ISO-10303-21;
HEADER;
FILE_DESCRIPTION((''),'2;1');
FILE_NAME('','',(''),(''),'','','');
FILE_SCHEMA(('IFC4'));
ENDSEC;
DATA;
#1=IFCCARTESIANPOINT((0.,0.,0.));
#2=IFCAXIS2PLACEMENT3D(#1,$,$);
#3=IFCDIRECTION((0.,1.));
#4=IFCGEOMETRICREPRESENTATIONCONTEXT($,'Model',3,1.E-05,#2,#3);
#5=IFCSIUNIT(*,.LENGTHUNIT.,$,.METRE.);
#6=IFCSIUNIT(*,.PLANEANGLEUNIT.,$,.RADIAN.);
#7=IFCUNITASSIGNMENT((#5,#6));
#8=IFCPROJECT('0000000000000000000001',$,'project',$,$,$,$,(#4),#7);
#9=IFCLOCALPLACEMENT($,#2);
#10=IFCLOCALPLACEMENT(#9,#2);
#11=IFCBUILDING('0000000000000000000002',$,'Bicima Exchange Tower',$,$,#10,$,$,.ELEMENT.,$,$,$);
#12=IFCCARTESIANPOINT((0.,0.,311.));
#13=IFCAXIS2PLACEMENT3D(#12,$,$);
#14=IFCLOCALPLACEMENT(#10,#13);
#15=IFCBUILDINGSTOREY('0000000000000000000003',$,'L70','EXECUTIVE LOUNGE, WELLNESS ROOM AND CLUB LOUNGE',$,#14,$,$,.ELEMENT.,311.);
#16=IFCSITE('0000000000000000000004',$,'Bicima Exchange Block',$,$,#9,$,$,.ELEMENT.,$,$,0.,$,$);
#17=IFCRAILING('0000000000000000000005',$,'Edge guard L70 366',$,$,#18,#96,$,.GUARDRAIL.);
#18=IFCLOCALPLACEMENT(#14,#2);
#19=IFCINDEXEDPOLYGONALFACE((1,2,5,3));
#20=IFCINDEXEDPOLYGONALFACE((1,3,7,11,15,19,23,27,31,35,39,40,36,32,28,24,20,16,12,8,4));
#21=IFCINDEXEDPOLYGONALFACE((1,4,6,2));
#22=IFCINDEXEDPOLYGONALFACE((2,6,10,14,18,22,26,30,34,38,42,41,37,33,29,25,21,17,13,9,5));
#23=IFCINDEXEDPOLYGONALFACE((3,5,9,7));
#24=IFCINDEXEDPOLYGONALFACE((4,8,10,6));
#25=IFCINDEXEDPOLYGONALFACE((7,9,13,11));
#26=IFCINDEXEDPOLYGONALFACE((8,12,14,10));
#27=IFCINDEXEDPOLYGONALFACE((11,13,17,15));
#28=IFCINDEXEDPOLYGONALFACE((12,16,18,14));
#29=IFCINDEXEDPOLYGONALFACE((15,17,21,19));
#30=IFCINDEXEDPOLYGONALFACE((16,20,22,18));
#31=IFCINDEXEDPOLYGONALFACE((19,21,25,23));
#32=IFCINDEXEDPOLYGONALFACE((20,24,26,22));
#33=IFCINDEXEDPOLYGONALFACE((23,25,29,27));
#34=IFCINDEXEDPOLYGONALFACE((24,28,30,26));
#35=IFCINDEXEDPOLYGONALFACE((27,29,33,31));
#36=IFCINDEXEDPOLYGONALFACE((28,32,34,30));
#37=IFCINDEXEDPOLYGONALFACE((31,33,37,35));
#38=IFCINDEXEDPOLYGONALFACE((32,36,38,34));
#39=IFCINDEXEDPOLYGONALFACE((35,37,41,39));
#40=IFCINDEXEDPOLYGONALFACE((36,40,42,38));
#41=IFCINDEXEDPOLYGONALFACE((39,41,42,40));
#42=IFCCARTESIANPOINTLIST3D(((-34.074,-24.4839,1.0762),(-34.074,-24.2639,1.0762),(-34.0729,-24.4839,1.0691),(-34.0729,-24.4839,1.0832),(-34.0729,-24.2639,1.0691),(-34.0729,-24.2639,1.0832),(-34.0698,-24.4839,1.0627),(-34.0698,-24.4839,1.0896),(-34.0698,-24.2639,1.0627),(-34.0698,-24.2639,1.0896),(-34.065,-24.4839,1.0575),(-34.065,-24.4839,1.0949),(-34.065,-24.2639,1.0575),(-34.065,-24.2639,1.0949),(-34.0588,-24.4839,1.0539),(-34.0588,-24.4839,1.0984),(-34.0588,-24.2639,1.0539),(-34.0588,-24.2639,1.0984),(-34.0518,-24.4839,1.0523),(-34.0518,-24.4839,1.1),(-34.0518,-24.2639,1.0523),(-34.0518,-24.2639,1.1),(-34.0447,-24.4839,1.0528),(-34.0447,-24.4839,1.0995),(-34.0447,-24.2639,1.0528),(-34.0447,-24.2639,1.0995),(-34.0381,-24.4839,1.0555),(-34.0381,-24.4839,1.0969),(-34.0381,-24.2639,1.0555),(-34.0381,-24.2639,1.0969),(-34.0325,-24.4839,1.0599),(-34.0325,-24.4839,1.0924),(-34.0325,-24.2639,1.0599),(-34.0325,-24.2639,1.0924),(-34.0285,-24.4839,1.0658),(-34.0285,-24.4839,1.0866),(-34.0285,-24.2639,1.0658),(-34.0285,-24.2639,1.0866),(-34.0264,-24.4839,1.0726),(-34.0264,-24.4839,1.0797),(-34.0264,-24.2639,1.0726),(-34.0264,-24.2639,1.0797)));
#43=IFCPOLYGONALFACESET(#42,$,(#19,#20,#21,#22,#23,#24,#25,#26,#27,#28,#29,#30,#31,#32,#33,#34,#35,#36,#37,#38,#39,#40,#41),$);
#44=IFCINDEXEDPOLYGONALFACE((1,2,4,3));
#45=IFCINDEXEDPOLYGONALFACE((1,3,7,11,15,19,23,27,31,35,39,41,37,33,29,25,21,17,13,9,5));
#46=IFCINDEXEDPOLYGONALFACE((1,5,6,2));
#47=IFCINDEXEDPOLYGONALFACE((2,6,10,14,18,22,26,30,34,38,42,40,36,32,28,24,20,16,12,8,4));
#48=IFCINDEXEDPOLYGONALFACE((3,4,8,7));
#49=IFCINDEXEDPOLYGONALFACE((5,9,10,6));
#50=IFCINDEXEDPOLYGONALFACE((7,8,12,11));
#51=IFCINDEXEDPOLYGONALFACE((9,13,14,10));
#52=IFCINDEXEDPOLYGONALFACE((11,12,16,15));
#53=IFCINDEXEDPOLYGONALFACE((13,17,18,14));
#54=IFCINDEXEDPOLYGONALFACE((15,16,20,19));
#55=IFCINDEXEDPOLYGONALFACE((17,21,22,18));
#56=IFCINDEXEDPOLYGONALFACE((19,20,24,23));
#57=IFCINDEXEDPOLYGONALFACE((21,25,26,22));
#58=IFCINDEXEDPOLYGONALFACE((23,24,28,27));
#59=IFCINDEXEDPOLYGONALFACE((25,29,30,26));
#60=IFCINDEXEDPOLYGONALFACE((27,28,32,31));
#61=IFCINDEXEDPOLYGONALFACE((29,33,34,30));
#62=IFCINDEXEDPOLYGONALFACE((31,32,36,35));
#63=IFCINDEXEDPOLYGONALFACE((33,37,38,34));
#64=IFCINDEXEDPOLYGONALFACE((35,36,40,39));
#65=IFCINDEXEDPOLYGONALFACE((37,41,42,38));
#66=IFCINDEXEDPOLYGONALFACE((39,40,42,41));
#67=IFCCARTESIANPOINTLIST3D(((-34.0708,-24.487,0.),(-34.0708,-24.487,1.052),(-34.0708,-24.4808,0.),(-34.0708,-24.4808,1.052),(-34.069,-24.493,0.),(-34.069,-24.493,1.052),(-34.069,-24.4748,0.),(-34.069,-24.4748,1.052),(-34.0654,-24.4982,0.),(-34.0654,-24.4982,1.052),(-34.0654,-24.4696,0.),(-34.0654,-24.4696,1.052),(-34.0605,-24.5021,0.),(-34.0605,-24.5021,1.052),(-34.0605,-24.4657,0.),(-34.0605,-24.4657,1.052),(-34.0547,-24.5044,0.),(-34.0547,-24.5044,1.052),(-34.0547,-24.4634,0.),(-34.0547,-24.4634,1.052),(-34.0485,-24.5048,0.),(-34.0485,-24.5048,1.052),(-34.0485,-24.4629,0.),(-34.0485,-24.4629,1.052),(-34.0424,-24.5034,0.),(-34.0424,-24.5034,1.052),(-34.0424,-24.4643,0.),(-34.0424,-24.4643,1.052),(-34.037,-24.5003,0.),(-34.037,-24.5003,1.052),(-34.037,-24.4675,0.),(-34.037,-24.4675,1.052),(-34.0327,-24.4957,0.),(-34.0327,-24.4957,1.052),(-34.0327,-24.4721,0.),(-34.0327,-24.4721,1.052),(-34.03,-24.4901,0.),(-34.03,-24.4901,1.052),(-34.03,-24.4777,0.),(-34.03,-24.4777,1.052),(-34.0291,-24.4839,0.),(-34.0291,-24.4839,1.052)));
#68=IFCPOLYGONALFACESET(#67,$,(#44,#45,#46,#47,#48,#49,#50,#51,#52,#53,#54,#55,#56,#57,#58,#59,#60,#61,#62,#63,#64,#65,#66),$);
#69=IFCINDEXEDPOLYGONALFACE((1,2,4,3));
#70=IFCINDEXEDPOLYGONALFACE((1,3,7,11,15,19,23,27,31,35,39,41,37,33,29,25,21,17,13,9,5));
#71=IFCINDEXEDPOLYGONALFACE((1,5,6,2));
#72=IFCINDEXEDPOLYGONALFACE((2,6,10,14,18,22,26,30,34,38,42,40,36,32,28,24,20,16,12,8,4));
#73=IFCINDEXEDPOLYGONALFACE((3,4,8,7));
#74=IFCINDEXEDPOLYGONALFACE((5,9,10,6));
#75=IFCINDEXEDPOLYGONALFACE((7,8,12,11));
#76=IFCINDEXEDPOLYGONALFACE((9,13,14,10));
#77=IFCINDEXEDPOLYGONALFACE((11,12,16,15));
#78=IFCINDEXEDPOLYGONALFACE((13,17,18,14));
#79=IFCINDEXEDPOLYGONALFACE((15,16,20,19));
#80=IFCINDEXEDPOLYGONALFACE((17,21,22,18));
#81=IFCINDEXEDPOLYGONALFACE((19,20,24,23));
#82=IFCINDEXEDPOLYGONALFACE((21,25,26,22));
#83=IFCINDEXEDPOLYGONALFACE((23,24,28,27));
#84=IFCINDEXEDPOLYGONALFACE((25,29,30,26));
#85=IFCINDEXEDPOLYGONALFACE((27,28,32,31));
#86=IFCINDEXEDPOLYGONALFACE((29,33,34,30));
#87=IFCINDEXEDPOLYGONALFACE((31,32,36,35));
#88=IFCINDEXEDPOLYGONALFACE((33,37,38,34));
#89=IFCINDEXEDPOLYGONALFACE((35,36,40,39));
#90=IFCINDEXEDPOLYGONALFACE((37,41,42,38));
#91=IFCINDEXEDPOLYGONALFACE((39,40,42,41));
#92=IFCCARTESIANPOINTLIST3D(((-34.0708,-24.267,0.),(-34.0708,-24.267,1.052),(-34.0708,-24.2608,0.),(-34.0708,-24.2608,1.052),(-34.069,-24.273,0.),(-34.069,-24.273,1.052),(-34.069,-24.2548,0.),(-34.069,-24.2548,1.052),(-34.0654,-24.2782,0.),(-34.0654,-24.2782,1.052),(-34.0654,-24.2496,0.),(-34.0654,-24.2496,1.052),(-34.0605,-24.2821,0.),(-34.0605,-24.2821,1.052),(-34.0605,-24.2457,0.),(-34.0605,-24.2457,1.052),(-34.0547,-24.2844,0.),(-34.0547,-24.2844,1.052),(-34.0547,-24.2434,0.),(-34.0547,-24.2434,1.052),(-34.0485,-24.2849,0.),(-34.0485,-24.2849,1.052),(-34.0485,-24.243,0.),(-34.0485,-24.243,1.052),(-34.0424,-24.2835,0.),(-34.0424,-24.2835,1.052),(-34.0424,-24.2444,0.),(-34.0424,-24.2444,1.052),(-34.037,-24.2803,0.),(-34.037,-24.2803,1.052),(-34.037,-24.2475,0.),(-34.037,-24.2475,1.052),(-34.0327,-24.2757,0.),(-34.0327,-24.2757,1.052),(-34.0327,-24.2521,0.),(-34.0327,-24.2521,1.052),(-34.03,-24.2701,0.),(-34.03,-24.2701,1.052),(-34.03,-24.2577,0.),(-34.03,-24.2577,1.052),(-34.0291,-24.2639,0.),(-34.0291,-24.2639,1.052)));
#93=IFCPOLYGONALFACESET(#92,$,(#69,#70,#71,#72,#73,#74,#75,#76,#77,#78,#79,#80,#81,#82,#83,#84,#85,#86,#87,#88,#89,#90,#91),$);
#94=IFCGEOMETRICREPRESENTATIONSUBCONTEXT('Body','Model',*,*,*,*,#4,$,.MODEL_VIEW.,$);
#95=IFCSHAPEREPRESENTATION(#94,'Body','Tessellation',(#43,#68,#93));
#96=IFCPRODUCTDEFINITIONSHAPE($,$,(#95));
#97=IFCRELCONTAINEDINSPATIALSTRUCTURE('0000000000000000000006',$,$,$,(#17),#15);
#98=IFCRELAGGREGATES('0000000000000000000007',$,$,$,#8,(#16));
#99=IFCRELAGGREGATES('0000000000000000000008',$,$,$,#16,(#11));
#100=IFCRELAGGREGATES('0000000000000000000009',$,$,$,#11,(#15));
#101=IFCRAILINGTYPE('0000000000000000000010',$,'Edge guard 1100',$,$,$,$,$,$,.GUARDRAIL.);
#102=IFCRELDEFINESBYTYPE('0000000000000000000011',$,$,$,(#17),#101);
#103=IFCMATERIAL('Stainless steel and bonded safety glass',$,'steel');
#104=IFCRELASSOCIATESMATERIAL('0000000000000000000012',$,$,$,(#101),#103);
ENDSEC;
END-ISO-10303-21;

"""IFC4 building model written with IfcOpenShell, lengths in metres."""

from ifc_helpers import new_model, si_unit, direction, frame, origin, origin_2d, place, context, subcontext, project, spatial, circle, extrude, material, type_object, element, save


model = new_model("IFC4")

# Units and contexts
model_context = context("Model", 3, precision=1e-05, world=origin(), true_north=direction((0.0, 1.0)))
body_context = subcontext(model_context, "Body", "Model", "MODEL_VIEW")
ifc_project = project(units=[si_unit("LENGTHUNIT", "METRE"), si_unit("PLANEANGLEUNIT", "RADIAN")], contexts=[model_context])

# Site, building, storey
site_placement = place(None, origin())
site = spatial("IfcSite", under=ifc_project, at=site_placement, Name="Bicima Exchange Block", CompositionType="ELEMENT", RefElevation=0.0)
building_placement = place(site_placement, origin())
building = spatial("IfcBuilding", under=site, at=building_placement, Name="Bicima Exchange Tower", CompositionType="ELEMENT")
storey_placement = place(building_placement, frame((0.0, 0.0, 311.0)))
storey = spatial("IfcBuildingStorey", under=building, at=storey_placement, Name="L70", Description="EXECUTIVE LOUNGE, WELLNESS ROOM AND CLUB LOUNGE", CompositionType="ELEMENT", Elevation=311.0)

# Railing
ifc_material_1 = material(Name="Stainless steel and bonded safety glass", Category="steel")
railing_type = type_object("IfcRailingType", Name="Edge guard 1100", PredefinedType="GUARDRAIL", material=ifc_material_1)
railing_1_placement = place(storey_placement, frame((-34.05, -24.4839, 0.0)))
element("IfcRailing", 1, at=railing_1_placement, inside=storey, type_object=railing_type, Name="Edge guard L70 366", PredefinedType="GUARDRAIL", context=body_context, shape_type="SweptSolid", body=[
    extrude(circle(Radius=0.0239, at=origin_2d()), frame((0.0, 0.0, 1.0762), z_axis=(0.0, 1.0, 0.0), x_axis=(-1.0, 0.0, 0.0)), (0.0, 0.0, 1.0), 0.22),
    extrude(circle(Radius=0.021, at=origin_2d()), origin(), (0.0, 0.0, 1.0), 1.052),
    extrude(circle(Radius=0.021, at=origin_2d()), frame((0.0, 0.22, 0.0)), (0.0, 0.0, 1.0), 1.052),
])

save(model, "model.ifc")
